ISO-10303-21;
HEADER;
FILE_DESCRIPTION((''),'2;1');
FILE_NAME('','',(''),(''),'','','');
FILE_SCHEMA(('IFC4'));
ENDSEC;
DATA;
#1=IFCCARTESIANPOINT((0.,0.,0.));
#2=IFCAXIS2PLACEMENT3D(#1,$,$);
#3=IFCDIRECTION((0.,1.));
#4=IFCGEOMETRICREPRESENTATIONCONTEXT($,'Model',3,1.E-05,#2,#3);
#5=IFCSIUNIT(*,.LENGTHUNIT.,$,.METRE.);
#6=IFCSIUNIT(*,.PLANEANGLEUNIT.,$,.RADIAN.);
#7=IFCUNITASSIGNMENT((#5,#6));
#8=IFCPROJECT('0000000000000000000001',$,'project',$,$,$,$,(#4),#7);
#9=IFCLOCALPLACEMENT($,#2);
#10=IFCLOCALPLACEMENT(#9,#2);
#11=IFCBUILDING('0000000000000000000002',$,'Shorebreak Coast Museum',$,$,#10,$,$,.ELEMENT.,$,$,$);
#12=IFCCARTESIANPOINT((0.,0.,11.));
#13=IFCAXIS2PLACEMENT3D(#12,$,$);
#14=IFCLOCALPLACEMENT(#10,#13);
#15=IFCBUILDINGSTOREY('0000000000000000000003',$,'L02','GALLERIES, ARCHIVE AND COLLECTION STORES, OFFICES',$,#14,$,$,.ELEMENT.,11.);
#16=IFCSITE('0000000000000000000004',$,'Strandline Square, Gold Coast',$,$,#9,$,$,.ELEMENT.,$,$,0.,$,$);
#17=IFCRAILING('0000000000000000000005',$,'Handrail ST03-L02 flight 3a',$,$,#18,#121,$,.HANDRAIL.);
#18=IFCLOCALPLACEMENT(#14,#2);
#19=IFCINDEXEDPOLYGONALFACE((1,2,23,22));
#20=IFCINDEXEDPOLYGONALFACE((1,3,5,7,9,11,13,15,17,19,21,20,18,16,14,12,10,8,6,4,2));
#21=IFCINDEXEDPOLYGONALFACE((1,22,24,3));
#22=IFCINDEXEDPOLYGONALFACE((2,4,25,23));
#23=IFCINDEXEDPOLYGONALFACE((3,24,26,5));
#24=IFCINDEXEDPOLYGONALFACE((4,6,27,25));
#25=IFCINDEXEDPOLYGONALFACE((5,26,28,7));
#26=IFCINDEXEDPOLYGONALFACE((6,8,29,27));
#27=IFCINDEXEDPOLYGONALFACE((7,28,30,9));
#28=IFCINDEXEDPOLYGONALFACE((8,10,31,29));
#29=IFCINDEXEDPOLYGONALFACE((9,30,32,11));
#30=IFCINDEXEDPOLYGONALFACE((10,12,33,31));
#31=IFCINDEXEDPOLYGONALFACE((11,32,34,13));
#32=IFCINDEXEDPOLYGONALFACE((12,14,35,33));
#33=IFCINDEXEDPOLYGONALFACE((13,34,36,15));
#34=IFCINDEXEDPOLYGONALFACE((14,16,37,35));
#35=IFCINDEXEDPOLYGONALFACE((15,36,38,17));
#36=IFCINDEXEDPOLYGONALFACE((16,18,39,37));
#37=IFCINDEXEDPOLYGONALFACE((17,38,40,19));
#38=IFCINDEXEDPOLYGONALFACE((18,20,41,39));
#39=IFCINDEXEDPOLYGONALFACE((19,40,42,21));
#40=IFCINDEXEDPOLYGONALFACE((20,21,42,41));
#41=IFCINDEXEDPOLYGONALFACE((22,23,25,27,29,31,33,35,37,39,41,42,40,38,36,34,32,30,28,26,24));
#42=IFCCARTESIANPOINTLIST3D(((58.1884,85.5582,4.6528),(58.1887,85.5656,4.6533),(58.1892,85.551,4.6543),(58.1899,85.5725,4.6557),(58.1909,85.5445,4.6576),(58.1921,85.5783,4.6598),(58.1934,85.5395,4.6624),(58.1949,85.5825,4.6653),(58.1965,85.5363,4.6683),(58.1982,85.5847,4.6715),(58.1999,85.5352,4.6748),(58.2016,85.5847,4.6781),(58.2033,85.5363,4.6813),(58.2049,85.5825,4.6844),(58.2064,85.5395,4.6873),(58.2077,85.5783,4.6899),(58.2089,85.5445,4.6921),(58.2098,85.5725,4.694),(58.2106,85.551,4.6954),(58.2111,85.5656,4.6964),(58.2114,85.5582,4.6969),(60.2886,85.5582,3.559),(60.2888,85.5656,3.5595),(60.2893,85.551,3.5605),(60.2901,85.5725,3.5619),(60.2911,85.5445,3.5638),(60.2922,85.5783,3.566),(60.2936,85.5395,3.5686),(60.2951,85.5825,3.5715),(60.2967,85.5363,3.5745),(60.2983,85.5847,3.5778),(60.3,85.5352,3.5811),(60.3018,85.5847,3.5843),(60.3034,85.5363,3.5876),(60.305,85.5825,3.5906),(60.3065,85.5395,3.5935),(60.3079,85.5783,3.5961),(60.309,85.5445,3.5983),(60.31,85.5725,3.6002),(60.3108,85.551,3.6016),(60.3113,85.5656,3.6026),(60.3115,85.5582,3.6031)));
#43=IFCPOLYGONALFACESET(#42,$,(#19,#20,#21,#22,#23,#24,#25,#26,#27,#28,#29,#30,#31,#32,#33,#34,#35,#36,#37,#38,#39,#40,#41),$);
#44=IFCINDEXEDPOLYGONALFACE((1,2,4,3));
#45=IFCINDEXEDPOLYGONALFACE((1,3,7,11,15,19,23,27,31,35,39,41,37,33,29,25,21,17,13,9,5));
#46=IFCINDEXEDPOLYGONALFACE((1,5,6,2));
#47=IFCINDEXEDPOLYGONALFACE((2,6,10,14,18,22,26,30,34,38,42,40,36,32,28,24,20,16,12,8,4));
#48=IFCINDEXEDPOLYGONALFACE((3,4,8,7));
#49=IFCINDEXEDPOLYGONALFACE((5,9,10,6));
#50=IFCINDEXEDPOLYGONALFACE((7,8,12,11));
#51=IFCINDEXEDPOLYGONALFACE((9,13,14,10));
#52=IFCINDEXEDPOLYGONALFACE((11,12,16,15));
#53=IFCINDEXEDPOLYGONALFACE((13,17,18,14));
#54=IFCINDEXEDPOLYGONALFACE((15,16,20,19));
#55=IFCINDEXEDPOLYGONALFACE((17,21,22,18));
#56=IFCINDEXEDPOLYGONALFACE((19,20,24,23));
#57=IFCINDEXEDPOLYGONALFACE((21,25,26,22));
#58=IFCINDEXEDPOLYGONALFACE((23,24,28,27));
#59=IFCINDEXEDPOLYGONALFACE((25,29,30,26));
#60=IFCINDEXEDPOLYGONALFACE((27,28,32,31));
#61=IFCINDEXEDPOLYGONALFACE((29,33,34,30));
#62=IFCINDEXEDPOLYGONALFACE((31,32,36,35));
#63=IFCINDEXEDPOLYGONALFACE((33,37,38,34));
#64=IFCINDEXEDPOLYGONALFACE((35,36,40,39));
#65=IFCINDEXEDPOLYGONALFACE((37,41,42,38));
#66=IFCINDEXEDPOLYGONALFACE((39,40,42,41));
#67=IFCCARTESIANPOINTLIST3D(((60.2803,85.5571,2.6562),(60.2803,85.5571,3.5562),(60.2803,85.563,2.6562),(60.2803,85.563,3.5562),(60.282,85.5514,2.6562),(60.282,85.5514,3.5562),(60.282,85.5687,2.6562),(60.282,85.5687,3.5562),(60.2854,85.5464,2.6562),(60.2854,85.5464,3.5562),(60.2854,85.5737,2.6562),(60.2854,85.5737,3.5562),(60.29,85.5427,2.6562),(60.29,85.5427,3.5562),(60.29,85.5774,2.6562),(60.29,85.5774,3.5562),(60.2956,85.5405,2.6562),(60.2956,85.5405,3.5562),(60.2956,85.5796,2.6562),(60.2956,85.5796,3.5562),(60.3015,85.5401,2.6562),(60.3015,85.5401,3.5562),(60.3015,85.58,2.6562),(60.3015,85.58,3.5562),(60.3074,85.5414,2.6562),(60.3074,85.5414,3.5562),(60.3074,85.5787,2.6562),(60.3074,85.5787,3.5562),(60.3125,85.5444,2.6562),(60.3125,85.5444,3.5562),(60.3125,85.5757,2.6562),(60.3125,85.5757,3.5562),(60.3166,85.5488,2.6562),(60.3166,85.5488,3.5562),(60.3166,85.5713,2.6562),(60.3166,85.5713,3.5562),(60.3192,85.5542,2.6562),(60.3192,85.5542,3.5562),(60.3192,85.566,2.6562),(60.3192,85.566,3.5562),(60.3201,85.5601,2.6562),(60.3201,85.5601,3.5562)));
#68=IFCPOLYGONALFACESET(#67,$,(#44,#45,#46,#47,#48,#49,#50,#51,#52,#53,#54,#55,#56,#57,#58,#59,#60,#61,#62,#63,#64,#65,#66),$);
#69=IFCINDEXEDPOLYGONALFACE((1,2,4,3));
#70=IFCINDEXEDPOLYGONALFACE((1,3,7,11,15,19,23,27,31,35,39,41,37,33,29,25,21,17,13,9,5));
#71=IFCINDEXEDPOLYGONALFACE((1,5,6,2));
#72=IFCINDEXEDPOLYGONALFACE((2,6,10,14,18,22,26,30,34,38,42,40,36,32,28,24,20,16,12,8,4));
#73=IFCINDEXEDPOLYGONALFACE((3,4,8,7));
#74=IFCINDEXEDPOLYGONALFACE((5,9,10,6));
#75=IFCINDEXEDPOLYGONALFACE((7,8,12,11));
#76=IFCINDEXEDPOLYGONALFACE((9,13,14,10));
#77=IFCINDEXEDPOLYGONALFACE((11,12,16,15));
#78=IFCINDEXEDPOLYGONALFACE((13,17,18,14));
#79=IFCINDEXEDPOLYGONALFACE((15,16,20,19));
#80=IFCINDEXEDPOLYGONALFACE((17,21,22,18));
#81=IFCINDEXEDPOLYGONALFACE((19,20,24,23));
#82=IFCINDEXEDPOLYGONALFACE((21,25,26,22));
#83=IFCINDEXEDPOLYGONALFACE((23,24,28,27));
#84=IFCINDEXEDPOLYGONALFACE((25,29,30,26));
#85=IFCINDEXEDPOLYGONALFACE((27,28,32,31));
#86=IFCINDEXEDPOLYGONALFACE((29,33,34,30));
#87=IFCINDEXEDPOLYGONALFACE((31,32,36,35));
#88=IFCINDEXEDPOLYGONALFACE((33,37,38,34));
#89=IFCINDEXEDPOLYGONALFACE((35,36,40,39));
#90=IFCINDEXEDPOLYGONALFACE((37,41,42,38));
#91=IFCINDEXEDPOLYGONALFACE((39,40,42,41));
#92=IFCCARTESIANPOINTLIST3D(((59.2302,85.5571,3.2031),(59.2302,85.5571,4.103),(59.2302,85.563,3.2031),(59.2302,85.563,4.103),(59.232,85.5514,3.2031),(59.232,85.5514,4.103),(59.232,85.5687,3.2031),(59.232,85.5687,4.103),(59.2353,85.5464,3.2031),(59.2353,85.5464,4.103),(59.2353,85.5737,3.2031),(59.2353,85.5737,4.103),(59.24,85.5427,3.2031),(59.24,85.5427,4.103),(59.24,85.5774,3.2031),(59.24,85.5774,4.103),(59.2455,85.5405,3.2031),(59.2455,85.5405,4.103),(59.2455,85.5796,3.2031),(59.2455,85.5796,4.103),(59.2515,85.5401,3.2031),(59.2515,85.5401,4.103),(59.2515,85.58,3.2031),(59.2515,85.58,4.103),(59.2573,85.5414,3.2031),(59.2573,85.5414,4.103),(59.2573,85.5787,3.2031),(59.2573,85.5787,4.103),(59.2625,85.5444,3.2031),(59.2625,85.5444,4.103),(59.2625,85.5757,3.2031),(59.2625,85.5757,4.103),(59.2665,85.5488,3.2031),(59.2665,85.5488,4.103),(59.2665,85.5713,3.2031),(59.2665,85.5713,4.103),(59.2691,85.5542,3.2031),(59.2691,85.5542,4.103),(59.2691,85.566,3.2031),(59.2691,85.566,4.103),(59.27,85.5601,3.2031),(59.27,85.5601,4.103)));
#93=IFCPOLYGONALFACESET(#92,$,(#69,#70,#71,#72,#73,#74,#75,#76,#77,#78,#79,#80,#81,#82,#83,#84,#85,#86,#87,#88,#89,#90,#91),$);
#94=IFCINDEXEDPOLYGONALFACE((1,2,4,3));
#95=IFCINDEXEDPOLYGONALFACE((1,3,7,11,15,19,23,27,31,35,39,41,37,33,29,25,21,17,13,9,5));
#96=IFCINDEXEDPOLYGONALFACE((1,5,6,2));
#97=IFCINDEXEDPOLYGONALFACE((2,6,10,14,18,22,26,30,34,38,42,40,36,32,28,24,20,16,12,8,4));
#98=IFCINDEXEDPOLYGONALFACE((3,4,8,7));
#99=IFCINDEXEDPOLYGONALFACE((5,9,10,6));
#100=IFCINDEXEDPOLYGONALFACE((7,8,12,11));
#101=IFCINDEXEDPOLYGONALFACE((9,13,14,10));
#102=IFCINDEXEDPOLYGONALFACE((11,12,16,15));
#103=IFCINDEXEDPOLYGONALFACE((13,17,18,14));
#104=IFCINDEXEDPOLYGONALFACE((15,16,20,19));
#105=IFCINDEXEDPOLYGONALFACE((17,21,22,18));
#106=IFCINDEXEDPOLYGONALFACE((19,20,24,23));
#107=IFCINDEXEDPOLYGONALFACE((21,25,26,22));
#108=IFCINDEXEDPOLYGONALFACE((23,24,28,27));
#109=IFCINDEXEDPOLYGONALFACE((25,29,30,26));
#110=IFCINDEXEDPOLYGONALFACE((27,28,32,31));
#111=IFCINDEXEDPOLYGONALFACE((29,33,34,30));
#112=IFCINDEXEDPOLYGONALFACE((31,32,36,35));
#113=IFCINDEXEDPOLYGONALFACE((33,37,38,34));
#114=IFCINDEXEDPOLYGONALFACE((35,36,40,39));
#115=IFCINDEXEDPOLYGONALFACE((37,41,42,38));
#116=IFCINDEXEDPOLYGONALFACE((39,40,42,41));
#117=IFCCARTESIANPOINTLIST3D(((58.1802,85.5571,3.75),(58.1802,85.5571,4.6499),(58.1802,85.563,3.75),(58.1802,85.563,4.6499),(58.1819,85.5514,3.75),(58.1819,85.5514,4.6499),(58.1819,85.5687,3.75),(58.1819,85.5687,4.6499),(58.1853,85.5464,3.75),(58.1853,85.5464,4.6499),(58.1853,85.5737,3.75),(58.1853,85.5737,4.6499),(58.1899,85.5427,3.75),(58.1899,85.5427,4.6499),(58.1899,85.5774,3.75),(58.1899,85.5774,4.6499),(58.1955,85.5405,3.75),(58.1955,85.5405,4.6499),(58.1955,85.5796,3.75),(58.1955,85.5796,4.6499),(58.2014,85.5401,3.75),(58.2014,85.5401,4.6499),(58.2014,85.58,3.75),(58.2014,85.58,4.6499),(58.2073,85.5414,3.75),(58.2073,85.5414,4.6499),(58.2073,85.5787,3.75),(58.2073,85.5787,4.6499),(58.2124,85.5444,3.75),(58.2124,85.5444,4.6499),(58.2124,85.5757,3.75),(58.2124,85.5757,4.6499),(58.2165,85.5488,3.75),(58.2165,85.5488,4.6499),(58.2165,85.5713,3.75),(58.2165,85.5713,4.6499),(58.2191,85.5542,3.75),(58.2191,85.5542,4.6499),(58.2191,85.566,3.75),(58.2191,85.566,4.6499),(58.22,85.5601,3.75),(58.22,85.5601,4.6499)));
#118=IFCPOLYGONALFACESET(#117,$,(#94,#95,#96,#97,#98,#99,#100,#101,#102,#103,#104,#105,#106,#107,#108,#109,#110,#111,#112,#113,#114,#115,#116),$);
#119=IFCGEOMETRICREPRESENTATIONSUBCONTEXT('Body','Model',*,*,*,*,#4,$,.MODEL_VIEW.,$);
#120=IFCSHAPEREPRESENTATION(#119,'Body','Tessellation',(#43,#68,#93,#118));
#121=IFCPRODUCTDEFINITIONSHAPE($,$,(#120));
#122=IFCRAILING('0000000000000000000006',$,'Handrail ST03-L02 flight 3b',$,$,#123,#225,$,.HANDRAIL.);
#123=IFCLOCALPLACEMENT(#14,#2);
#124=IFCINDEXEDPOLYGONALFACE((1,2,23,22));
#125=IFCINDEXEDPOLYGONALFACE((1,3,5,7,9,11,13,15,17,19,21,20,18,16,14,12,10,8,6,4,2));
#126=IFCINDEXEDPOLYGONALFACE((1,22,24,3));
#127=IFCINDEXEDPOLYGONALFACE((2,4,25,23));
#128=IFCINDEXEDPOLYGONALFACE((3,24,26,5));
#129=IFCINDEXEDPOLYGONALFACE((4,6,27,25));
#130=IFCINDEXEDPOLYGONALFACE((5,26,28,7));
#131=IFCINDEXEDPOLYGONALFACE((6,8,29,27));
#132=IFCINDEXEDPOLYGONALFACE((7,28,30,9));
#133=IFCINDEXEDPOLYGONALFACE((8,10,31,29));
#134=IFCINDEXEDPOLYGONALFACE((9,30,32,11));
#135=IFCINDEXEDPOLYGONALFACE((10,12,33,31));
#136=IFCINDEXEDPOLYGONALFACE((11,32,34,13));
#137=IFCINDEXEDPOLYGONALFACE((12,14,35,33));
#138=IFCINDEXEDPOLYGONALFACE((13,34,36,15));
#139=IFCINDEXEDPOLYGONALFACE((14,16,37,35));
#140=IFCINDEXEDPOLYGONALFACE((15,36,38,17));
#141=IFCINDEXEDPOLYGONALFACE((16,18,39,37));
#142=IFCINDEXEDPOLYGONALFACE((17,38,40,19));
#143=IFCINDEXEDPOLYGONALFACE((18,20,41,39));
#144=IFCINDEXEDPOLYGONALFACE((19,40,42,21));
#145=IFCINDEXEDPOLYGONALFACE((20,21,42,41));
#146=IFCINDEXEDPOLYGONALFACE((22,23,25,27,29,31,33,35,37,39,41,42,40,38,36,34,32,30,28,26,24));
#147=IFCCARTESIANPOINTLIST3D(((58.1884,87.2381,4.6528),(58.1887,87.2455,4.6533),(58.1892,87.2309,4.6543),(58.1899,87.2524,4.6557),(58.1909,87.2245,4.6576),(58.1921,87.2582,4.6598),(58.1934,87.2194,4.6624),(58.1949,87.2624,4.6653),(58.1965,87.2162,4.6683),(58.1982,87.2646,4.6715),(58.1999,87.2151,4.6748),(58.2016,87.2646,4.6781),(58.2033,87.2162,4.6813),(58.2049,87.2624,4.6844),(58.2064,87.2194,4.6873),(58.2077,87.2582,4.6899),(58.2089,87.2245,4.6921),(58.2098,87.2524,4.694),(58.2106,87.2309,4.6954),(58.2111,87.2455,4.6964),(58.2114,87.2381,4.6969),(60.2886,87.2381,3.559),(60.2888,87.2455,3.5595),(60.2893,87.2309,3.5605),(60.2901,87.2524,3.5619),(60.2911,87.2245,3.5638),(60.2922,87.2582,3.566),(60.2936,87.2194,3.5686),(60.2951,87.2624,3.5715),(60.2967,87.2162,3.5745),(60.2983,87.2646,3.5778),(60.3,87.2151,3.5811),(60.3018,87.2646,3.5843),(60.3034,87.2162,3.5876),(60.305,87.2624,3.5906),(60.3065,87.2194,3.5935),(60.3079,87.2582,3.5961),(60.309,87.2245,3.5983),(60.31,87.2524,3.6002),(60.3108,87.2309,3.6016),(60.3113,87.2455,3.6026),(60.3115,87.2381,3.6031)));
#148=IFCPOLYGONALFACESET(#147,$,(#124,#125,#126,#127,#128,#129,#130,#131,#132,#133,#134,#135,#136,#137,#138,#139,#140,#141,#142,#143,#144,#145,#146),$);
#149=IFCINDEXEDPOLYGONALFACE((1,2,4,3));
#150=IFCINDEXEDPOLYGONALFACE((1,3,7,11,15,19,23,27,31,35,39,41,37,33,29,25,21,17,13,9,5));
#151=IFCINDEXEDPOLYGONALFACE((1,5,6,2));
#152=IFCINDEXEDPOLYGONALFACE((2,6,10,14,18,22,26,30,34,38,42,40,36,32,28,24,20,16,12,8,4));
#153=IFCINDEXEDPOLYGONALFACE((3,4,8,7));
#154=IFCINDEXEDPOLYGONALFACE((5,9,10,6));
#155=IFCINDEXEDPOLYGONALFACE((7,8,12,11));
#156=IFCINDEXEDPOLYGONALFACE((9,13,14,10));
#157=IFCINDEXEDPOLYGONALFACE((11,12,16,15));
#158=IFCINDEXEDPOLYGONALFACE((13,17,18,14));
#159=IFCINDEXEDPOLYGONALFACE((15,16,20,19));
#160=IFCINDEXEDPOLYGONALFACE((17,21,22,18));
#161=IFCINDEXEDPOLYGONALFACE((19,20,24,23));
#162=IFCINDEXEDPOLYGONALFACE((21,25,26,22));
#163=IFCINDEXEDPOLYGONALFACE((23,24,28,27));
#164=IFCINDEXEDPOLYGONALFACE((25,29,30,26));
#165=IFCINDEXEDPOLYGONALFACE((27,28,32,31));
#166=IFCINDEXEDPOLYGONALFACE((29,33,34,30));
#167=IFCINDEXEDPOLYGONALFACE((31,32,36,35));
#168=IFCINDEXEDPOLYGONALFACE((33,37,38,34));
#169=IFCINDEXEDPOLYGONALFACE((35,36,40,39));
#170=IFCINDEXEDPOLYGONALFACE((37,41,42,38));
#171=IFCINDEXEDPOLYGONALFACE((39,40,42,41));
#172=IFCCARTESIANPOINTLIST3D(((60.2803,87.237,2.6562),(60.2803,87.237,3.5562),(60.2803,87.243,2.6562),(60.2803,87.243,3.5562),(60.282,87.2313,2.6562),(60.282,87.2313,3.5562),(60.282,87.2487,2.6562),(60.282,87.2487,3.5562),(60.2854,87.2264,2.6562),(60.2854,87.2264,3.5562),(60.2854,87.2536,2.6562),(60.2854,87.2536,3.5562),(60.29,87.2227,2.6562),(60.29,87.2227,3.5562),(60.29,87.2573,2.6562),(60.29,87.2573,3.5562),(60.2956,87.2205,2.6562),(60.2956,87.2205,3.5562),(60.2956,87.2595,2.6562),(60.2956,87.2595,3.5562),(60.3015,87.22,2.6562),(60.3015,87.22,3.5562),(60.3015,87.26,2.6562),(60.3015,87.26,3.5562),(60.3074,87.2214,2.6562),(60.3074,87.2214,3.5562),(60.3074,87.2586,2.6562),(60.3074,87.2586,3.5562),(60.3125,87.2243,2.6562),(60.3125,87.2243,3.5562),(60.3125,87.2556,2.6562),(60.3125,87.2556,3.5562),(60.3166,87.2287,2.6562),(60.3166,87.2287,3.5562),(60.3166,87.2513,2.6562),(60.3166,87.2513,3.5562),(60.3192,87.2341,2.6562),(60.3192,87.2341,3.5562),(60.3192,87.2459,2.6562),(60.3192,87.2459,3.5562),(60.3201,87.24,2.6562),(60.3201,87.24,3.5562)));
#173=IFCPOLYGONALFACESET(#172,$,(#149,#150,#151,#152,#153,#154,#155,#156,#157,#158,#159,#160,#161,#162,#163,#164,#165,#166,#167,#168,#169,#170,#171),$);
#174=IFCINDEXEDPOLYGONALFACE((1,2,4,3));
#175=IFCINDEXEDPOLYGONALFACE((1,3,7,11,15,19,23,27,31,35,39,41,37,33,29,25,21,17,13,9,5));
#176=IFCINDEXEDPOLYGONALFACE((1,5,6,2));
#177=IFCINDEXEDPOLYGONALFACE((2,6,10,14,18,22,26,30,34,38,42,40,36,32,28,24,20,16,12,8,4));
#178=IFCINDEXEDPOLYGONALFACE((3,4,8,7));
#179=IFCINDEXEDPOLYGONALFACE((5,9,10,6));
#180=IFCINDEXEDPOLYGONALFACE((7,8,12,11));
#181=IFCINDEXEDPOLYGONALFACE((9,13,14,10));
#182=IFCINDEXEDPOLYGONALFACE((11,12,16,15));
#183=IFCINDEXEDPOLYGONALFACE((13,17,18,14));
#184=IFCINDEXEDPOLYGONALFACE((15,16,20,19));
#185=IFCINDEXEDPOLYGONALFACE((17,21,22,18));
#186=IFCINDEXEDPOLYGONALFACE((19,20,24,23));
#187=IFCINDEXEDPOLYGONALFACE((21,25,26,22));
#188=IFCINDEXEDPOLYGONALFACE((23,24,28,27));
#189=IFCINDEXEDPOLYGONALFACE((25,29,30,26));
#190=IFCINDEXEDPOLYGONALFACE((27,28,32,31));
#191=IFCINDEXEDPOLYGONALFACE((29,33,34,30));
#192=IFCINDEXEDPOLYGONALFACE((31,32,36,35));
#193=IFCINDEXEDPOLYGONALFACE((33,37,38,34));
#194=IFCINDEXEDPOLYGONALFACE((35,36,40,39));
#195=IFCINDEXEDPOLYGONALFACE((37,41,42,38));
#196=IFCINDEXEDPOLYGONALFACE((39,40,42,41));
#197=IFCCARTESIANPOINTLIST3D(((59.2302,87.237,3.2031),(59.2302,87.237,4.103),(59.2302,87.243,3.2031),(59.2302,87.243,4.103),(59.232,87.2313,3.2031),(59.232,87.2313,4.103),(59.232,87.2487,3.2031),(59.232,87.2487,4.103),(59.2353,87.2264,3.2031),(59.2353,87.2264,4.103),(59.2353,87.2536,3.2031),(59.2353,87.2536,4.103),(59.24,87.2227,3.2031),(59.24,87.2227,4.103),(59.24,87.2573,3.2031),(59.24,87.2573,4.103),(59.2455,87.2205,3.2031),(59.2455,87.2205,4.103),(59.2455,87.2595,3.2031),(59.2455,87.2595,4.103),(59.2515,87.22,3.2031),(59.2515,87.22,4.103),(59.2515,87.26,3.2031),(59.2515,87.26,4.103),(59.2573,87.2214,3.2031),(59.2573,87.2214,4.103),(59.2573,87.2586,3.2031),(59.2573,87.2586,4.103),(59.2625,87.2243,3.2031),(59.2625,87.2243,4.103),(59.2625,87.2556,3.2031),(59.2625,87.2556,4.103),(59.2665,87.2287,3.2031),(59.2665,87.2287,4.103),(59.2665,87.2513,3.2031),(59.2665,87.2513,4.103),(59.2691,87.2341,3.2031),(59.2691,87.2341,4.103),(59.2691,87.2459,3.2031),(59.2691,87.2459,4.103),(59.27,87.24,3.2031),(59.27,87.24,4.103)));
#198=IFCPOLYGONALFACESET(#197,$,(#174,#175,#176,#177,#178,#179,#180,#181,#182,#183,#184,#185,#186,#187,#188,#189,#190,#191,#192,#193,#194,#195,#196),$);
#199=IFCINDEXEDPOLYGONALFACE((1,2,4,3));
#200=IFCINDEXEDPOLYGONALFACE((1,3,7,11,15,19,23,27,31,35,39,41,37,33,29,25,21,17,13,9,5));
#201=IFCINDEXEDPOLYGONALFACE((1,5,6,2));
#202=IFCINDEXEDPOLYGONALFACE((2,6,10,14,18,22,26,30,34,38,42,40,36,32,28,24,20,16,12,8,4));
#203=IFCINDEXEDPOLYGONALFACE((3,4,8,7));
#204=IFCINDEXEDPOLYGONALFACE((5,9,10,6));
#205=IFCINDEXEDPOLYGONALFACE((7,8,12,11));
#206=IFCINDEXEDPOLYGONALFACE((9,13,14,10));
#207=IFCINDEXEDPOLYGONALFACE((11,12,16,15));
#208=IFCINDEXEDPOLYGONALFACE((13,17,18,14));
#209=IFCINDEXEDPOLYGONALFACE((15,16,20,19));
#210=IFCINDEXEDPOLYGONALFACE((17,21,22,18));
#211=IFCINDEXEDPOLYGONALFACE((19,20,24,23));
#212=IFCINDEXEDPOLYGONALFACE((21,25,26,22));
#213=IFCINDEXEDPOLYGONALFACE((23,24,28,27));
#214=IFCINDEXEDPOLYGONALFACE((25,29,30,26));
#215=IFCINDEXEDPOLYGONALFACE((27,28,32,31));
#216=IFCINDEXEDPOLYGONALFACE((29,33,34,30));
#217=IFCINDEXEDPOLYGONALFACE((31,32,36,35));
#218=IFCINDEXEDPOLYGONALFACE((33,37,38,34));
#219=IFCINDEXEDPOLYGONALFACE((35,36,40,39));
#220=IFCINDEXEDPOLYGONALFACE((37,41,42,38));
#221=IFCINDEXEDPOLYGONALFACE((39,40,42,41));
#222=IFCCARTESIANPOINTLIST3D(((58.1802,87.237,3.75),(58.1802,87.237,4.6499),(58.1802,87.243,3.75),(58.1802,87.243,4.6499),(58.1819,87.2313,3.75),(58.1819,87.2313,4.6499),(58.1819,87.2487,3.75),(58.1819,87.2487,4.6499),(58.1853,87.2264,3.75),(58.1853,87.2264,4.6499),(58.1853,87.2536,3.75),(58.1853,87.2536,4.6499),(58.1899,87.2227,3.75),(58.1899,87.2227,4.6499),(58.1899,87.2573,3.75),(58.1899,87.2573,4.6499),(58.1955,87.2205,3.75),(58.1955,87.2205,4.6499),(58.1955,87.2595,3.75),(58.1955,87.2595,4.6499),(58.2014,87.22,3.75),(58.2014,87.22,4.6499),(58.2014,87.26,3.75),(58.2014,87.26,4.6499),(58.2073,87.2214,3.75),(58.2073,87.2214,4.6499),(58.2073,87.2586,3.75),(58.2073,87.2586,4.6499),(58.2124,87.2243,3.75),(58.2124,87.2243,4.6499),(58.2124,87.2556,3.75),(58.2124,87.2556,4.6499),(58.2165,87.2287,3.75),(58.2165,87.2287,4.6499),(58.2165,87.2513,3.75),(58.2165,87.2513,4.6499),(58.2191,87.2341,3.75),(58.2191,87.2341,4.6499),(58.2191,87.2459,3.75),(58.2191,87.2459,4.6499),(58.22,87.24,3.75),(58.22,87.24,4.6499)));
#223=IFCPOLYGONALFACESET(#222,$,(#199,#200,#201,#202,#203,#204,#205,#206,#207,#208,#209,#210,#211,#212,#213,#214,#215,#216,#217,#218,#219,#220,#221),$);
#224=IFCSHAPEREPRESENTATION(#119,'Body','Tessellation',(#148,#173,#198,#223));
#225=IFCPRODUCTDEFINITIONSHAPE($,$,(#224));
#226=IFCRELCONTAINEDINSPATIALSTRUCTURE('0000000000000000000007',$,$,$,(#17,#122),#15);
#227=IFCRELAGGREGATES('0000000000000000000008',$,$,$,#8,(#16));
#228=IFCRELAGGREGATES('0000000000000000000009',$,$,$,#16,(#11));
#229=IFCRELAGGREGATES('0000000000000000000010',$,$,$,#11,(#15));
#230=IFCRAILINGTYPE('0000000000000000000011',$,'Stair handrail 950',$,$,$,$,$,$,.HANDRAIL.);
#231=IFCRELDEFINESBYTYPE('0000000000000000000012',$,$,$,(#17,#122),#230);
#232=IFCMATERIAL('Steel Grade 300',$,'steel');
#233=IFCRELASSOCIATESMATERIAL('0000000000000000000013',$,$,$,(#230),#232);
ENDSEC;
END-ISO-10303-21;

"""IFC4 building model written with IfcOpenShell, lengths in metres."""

from ifc_helpers import new_model, si_unit, direction, frame, origin, origin_2d, place, context, subcontext, project, spatial, circle, extrude, material, type_object, element, save


model = new_model("IFC4")

# Units and contexts
model_context = context("Model", 3, precision=1e-05, world=origin(), true_north=direction((0.0, 1.0)))
body_context = subcontext(model_context, "Body", "Model", "MODEL_VIEW")
ifc_project = project(units=[si_unit("LENGTHUNIT", "METRE"), si_unit("PLANEANGLEUNIT", "RADIAN")], contexts=[model_context])

# Site, building, storey
site_placement = place(None, origin())
site = spatial("IfcSite", under=ifc_project, at=site_placement, Name="Strandline Square, Gold Coast", CompositionType="ELEMENT", RefElevation=0.0)
building_placement = place(site_placement, origin())
building = spatial("IfcBuilding", under=site, at=building_placement, Name="Shorebreak Coast Museum", CompositionType="ELEMENT")
storey_placement = place(building_placement, frame((0.0, 0.0, 11.0)))
storey = spatial("IfcBuildingStorey", under=building, at=storey_placement, Name="L02", Description="GALLERIES, ARCHIVE AND COLLECTION STORES, OFFICES", CompositionType="ELEMENT", Elevation=11.0)

# Railings
ifc_material_1 = material(Name="Steel Grade 300", Category="steel")
railing_type_1 = type_object("IfcRailingType", Name="Stair handrail 950", PredefinedType="HANDRAIL", material=ifc_material_1)
for number, where, name in (
    (1, (60.3, 85.5601, 2.6562), "Handrail ST03-L02 flight 3a"),
    (2, (60.3, 87.24, 2.6562), "Handrail ST03-L02 flight 3b"),
):
    element("IfcRailing", number, at=place(storey_placement, frame(where)), inside=storey, type_object=railing_type_1, Name=name, PredefinedType="HANDRAIL", context=body_context, shape_type="SweptSolid", body=[
        extrude(circle(Radius=0.0249, at=origin_2d()), frame((0.0, 0.0, 0.9248), z_axis=(-0.886923, 0.0, 0.461918), x_axis=(0.0, -1.0, 0.0)), (0.0, 0.0, 1.0), 2.3679),
        extrude(circle(Radius=0.02, at=origin_2d()), origin(), (0.0, 0.0, 1.0), 0.8999),
        extrude(circle(Radius=0.02, at=origin_2d()), frame((-1.05, 0.0, 0.5469)), (0.0, 0.0, 1.0), 0.8999),
        extrude(circle(Radius=0.02, at=origin_2d()), frame((-2.1001, 0.0, 1.0938)), (0.0, 0.0, 1.0), 0.8999),
    ])

save(model, "model.ifc")
